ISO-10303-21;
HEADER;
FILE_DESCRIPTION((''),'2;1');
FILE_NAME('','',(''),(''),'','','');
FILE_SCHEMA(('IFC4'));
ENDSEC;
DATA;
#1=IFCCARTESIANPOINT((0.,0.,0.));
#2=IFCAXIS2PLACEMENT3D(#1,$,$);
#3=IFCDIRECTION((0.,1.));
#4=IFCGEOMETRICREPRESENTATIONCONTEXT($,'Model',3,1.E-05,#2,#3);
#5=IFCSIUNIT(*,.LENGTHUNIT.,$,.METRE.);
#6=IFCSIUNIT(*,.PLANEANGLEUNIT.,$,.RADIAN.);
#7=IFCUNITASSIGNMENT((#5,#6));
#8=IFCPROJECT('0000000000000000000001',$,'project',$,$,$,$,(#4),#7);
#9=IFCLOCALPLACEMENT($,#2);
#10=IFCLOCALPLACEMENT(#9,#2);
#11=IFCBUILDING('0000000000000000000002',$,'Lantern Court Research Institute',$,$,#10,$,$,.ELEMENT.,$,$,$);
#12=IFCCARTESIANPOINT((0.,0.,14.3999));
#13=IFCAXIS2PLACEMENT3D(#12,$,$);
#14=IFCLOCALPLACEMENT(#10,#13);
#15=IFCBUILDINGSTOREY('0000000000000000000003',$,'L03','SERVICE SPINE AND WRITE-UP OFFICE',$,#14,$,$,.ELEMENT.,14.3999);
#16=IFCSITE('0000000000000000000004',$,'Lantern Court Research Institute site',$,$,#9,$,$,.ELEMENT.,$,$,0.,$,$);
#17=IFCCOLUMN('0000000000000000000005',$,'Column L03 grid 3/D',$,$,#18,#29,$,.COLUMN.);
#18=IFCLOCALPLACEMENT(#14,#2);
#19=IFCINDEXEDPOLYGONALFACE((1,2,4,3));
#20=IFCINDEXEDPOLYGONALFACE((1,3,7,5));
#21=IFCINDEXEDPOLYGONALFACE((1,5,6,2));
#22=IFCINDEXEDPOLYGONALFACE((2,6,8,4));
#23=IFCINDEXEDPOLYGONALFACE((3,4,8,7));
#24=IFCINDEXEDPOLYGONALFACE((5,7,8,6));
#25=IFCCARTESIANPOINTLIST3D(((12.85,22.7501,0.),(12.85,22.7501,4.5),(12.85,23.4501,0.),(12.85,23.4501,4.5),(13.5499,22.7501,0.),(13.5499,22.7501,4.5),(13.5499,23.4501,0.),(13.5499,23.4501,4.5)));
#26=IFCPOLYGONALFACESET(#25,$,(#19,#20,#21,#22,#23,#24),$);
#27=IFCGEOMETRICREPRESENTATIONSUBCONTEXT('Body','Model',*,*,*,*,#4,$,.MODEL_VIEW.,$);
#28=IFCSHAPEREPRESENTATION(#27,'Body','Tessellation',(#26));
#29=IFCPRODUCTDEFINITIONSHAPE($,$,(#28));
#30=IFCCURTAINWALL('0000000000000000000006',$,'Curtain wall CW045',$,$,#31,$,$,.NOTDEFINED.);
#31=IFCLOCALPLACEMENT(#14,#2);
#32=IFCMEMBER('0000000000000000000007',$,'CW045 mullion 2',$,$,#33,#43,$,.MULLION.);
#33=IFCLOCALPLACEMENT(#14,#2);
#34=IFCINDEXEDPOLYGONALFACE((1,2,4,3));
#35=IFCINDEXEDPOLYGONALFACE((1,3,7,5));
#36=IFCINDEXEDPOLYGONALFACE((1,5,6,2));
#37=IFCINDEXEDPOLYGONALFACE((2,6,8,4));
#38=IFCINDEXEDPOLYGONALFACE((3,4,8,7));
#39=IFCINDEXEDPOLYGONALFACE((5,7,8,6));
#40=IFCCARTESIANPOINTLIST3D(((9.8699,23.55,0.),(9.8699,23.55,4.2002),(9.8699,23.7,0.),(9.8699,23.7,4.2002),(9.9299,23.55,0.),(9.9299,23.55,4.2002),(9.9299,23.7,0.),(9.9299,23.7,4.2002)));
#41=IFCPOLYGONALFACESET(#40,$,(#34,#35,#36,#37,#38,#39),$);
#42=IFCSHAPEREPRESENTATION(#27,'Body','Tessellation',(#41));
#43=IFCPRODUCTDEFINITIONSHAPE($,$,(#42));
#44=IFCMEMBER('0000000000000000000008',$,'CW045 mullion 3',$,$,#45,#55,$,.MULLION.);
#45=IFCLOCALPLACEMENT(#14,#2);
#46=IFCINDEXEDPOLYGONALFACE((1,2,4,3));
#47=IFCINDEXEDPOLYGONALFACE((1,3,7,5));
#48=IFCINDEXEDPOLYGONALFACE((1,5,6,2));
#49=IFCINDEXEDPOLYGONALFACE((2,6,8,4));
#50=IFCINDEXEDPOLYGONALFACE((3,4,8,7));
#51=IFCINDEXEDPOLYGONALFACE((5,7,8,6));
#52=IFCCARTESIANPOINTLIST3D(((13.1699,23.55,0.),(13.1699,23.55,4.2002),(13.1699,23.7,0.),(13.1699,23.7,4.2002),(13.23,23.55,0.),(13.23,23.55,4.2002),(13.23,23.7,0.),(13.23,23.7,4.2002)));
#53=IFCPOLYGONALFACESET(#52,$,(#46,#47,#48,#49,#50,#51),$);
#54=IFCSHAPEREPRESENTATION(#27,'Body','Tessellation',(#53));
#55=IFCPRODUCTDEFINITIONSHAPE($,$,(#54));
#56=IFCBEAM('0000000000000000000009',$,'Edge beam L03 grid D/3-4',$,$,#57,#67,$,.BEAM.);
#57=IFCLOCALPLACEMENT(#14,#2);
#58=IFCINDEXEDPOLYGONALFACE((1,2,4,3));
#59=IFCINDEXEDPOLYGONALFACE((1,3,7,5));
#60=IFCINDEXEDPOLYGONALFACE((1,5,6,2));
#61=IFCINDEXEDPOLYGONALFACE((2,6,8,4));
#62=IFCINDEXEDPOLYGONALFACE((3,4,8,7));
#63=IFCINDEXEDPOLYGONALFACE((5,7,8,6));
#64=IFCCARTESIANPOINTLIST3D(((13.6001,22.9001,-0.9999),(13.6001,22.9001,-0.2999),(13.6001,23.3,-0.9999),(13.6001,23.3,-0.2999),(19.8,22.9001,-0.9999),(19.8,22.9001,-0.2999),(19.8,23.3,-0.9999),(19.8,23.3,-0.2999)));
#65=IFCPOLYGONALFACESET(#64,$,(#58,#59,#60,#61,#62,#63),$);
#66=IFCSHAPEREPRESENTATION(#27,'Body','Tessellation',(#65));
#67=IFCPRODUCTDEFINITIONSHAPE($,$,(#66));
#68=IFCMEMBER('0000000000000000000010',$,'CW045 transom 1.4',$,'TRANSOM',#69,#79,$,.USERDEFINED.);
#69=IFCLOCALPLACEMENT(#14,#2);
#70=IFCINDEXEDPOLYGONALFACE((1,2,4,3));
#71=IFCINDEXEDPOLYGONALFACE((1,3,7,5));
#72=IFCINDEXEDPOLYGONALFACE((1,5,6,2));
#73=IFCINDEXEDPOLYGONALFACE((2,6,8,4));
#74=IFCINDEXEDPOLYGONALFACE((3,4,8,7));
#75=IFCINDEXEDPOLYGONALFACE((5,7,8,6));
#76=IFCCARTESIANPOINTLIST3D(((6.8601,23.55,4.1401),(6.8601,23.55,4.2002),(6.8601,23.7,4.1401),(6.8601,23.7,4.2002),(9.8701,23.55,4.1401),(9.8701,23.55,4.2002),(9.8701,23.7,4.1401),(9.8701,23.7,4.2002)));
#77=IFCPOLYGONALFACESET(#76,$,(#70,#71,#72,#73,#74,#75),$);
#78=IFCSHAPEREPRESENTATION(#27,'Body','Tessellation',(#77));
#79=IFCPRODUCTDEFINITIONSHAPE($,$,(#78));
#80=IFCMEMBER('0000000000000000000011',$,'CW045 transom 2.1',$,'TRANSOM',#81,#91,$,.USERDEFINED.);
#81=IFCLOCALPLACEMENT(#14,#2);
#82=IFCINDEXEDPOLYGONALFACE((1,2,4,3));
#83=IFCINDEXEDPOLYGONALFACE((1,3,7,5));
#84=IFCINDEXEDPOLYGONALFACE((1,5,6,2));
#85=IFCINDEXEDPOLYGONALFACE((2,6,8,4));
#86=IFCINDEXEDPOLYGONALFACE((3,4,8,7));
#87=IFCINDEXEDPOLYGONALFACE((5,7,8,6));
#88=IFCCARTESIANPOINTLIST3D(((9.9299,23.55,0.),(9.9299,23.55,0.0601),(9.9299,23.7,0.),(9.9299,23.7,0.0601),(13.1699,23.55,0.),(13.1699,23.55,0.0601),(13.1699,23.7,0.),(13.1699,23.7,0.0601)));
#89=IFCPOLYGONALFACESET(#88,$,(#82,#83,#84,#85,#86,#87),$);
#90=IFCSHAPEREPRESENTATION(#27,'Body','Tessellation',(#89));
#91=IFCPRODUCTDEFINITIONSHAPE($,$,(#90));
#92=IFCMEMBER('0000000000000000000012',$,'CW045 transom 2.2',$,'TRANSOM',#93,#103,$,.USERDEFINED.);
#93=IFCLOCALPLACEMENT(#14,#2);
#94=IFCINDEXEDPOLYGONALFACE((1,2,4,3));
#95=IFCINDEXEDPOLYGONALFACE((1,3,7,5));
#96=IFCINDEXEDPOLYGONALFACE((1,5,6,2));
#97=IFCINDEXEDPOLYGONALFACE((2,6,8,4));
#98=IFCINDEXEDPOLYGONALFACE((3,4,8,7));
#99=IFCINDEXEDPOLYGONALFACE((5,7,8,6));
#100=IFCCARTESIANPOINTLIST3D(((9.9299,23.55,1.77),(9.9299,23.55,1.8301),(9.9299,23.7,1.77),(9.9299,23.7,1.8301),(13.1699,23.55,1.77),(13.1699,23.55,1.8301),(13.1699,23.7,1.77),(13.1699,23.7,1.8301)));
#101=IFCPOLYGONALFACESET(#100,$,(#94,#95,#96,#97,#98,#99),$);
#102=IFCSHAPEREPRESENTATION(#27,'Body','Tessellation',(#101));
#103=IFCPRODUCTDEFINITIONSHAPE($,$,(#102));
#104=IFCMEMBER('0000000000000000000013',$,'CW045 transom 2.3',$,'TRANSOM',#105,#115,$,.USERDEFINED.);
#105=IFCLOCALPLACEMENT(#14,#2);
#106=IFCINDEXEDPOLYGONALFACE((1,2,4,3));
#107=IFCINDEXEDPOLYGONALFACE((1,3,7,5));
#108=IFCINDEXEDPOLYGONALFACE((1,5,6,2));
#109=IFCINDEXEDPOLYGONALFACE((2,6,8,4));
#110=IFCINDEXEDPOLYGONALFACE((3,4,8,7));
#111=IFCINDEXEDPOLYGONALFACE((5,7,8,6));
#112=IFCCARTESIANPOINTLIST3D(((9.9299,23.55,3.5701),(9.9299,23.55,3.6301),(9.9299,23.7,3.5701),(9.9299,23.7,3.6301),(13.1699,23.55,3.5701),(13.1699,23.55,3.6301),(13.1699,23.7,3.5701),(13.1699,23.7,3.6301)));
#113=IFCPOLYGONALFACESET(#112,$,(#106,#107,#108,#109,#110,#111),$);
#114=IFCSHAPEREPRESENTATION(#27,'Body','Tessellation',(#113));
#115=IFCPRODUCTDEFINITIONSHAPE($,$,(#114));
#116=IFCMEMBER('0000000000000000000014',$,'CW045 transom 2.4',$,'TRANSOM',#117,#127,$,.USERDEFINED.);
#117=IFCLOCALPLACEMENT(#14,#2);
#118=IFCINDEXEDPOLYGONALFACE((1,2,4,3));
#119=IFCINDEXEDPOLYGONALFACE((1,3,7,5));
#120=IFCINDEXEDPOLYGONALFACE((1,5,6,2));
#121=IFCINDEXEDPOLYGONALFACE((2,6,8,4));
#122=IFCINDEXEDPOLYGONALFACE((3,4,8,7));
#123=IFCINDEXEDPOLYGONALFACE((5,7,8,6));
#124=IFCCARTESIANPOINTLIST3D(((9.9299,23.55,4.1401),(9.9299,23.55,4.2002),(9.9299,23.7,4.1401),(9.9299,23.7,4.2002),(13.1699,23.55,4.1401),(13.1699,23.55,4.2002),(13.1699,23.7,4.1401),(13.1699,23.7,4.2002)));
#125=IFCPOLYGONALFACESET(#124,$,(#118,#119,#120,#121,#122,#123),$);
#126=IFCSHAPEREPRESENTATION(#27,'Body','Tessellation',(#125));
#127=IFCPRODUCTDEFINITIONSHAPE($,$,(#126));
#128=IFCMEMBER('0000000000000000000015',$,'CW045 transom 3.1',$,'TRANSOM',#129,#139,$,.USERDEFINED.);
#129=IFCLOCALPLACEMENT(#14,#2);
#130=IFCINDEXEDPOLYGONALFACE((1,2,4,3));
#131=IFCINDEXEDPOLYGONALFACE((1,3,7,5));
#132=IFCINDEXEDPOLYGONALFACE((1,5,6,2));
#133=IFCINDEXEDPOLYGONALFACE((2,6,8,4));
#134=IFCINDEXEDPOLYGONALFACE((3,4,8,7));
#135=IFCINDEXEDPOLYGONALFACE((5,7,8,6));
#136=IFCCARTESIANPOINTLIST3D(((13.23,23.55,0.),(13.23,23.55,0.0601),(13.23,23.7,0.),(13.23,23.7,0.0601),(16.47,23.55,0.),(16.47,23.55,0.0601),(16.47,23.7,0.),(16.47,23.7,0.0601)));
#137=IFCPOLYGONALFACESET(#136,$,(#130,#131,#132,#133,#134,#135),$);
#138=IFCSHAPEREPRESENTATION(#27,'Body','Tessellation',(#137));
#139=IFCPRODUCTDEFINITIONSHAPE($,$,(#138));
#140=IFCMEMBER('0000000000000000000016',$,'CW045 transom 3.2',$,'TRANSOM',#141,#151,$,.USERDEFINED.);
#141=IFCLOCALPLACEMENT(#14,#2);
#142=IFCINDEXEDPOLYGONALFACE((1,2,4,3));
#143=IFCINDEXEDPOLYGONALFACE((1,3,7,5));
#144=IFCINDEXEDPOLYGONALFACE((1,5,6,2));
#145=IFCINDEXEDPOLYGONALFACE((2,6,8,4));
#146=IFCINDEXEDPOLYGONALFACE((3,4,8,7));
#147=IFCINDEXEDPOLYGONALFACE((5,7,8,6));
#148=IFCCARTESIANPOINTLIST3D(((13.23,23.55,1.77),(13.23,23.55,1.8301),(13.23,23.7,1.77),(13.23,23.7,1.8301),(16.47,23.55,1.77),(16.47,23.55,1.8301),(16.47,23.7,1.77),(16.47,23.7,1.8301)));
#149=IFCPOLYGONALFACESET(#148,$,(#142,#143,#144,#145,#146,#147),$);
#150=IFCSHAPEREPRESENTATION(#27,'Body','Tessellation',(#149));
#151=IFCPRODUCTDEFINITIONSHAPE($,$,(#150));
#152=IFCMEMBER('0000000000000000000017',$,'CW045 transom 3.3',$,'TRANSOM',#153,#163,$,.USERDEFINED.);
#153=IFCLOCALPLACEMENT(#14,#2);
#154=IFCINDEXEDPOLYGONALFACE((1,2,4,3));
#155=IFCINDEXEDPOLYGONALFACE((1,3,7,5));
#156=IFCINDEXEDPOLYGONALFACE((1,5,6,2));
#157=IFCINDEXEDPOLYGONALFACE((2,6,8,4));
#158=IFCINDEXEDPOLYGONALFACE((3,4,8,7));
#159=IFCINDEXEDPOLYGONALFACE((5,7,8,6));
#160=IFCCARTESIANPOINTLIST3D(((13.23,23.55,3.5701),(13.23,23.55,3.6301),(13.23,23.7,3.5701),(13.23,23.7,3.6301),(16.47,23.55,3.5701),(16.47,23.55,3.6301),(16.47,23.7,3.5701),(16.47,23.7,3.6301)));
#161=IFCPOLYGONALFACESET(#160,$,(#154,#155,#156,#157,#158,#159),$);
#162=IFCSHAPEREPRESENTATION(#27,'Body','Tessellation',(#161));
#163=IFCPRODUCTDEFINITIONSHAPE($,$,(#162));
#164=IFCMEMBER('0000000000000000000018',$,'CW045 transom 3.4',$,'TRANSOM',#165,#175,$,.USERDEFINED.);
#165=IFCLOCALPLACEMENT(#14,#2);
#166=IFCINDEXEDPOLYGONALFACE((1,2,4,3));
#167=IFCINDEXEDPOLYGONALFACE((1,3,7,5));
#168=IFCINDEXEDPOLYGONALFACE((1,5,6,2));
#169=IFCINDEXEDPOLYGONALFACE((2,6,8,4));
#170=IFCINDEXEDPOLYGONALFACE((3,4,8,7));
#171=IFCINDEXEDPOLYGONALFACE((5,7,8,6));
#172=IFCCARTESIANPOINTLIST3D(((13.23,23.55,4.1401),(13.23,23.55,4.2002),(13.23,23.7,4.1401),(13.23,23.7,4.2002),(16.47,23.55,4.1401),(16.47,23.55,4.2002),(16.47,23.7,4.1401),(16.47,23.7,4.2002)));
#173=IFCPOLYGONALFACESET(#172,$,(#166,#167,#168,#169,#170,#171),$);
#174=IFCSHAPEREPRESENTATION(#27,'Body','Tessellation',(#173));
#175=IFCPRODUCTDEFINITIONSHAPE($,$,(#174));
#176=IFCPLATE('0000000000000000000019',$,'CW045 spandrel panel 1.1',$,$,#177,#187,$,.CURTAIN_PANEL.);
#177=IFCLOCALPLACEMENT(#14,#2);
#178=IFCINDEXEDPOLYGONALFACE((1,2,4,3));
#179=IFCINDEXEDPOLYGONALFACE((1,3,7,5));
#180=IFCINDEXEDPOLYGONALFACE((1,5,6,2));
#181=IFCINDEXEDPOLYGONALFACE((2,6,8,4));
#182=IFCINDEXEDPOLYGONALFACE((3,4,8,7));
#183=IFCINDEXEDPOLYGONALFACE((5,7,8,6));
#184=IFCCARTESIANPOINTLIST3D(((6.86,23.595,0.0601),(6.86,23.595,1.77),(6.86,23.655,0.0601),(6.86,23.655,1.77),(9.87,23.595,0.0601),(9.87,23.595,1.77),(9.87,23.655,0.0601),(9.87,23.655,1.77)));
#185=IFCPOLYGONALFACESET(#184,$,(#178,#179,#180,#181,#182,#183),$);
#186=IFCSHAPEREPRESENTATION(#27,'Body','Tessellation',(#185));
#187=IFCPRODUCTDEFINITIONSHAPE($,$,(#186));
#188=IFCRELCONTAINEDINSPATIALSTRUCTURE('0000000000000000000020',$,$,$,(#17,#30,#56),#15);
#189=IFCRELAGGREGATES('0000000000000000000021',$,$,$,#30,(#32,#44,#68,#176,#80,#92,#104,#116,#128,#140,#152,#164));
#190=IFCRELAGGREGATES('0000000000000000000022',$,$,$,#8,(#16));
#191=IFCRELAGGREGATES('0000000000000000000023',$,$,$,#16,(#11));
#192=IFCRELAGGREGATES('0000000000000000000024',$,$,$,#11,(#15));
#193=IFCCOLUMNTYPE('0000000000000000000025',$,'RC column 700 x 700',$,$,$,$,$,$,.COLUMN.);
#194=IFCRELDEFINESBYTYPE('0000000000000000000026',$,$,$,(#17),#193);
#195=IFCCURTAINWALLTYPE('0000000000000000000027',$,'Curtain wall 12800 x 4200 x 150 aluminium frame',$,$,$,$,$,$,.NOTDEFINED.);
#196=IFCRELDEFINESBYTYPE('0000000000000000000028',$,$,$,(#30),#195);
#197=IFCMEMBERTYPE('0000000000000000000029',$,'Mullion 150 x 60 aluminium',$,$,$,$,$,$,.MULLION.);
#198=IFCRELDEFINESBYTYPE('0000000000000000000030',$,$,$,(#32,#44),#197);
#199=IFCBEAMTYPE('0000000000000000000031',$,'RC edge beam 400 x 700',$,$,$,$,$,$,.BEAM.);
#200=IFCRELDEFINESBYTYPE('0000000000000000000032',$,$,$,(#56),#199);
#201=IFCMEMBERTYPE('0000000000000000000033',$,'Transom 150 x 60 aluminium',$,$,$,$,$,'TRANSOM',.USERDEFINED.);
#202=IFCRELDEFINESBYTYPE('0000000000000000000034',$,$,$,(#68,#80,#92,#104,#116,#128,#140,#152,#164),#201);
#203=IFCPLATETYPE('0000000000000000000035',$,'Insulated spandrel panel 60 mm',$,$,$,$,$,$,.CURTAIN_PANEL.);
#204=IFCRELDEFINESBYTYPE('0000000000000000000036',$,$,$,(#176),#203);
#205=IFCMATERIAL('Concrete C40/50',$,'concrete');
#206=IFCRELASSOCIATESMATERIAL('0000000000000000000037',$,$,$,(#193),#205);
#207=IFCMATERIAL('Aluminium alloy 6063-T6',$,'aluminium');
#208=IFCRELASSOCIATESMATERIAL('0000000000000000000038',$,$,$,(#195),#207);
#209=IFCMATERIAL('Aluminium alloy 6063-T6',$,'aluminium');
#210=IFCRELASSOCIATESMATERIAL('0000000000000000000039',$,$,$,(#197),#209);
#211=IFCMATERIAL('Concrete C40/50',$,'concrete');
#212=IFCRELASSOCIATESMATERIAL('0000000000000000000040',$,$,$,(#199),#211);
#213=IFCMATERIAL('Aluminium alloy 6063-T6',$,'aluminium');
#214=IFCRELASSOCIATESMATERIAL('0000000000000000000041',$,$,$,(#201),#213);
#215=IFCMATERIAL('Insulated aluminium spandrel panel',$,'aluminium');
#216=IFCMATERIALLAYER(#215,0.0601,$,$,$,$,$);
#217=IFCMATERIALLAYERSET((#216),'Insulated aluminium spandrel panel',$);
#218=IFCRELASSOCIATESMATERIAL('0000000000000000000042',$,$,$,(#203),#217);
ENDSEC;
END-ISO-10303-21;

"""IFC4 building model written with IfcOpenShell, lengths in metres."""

from ifc_helpers import new_model, si_unit, direction, frame, origin, origin_2d, place, context, subcontext, project, spatial, rectangle, extrude, material, layer, layer_set, material_profile, profile_set, type_object, element, aggregate, save


model = new_model("IFC4")

# Units and contexts
model_context = context("Model", 3, precision=1e-05, world=origin(), true_north=direction((0.0, 1.0)))
body_context = subcontext(model_context, "Body", "Model", "MODEL_VIEW")
ifc_project = project(units=[si_unit("LENGTHUNIT", "METRE"), si_unit("PLANEANGLEUNIT", "RADIAN")], contexts=[model_context])

# Site, building, storey
site_placement = place(None, origin())
site = spatial("IfcSite", under=ifc_project, at=site_placement, Name="Lantern Court Research Institute site", CompositionType="ELEMENT", RefElevation=0.0)
building_placement = place(site_placement, origin())
building = spatial("IfcBuilding", under=site, at=building_placement, Name="Lantern Court Research Institute", CompositionType="ELEMENT")
storey_placement = place(building_placement, frame((0.0, 0.0, 14.3999)))
storey = spatial("IfcBuildingStorey", under=building, at=storey_placement, Name="L03", Description="SERVICE SPINE AND WRITE-UP OFFICE", CompositionType="ELEMENT", Elevation=14.3999)

# Column
ifc_material_1 = material(Name="Concrete C40/50", Category="concrete")
ifc_material_profile_1 = material_profile(ifc_material_1, rectangle(XDim=0.7, YDim=0.7, at=origin_2d()), Name="RC column 700 x 700")
ifc_profile_set_1 = profile_set([ifc_material_profile_1], Name="Concrete C40/50")
column_type = type_object("IfcColumnType", Name="RC column 700 x 700", PredefinedType="COLUMN", material=ifc_profile_set_1)
column_placement = place(storey_placement, frame((13.2, 23.1001, 0.0), z_axis=(0.0, 0.0, 1.0), x_axis=(1.0, 0.0, 0.0)))
element("IfcColumn", 1, at=column_placement, inside=storey, type_object=column_type, Name="Column L03 grid 3/D", PredefinedType="COLUMN", context=body_context, shape_type="SweptSolid", body=[
    extrude(rectangle(XDim=0.7, YDim=0.7, at=origin_2d()), origin(), (0.0, 0.0, 1.0), 4.5),
])

# Curtain wall, members
ifc_material_2 = material(Name="Aluminium alloy 6063-T6", Category="aluminium")
curtain_wall_type = type_object("IfcCurtainWallType", Name="Curtain wall 12800 x 4200 x 150 aluminium frame", PredefinedType="NOTDEFINED", material=ifc_material_2)
curtain_wall_placement = place(storey_placement, origin())
curtain_wall = element("IfcCurtainWall", 2, at=curtain_wall_placement, inside=storey, type_object=curtain_wall_type, Name="Curtain wall CW045", PredefinedType="NOTDEFINED")
ifc_material_3 = material(Name="Aluminium alloy 6063-T6", Category="aluminium")
ifc_material_profile_2 = material_profile(ifc_material_3, rectangle(XDim=0.1499, YDim=0.0601, at=origin_2d()), Name="Mullion 150 x 60")
ifc_profile_set_2 = profile_set([ifc_material_profile_2], Name="Aluminium alloy 6063-T6")
member_type_1 = type_object("IfcMemberType", Name="Mullion 150 x 60 aluminium", PredefinedType="MULLION", material=ifc_profile_set_2)
member_1_placement = place(storey_placement, frame((9.8999, 23.625, 0.0), z_axis=(0.0, 0.0, 1.0), x_axis=(0.0, 1.0, 0.0)))
member_1 = element("IfcMember", 3, at=member_1_placement, type_object=member_type_1, Name="CW045 mullion 2", PredefinedType="MULLION", context=body_context, shape_type="SweptSolid", body=[
    extrude(rectangle(XDim=0.1499, YDim=0.0601, at=origin_2d()), origin(), (0.0, 0.0, 1.0), 4.2002),
])
member_2_placement = place(storey_placement, frame((13.2, 23.625, 0.0), z_axis=(0.0, 0.0, 1.0), x_axis=(0.0, 1.0, 0.0)))
member_2 = element("IfcMember", 4, at=member_2_placement, type_object=member_type_1, Name="CW045 mullion 3", PredefinedType="MULLION", context=body_context, shape_type="SweptSolid", body=[
    extrude(rectangle(XDim=0.1499, YDim=0.0601, at=origin_2d()), origin(), (0.0, 0.0, 1.0), 4.2002),
])

# Beam
ifc_material_4 = material(Name="Concrete C40/50", Category="concrete")
ifc_material_profile_3 = material_profile(ifc_material_4, rectangle(XDim=0.3999, YDim=0.7, at=origin_2d()), Name="RC beam 400 x 700")
ifc_profile_set_3 = profile_set([ifc_material_profile_3], Name="Concrete C40/50")
beam_type = type_object("IfcBeamType", Name="RC edge beam 400 x 700", PredefinedType="BEAM", material=ifc_profile_set_3)
beam_placement = place(storey_placement, frame((13.6001, 23.1001, -0.6499), z_axis=(1.0, 0.0, 0.0), x_axis=(0.0, 1.0, 0.0)))
element("IfcBeam", 5, at=beam_placement, inside=storey, type_object=beam_type, Name="Edge beam L03 grid D/3-4", PredefinedType="BEAM", context=body_context, shape_type="SweptSolid", body=[
    extrude(rectangle(XDim=0.3999, YDim=0.7, at=origin_2d()), origin(), (0.0, 0.0, 1.0), 6.2),
])

# Members
ifc_material_5 = material(Name="Aluminium alloy 6063-T6", Category="aluminium")
ifc_material_profile_4 = material_profile(ifc_material_5, rectangle(XDim=0.1499, YDim=0.0601, at=origin_2d()), Name="Transom 150 x 60")
ifc_profile_set_4 = profile_set([ifc_material_profile_4], Name="Aluminium alloy 6063-T6")
member_type_2 = type_object("IfcMemberType", Name="Transom 150 x 60 aluminium", ElementType="TRANSOM", PredefinedType="USERDEFINED", material=ifc_profile_set_4)
member_3_placement = place(storey_placement, frame((6.8601, 23.625, 4.1702), z_axis=(1.0, 0.0, 0.0), x_axis=(0.0, 1.0, 0.0)))
member_3 = element("IfcMember", 6, at=member_3_placement, type_object=member_type_2, Name="CW045 transom 1.4", ObjectType="TRANSOM", PredefinedType="USERDEFINED", context=body_context, shape_type="SweptSolid", body=[
    extrude(rectangle(XDim=0.1499, YDim=0.0601, at=origin_2d()), origin(), (0.0, 0.0, 1.0), 3.01),
])
member_4_placement = place(storey_placement, frame((9.9299, 23.625, 0.03), z_axis=(1.0, 0.0, 0.0), x_axis=(0.0, 1.0, 0.0)))
member_4 = element("IfcMember", 7, at=member_4_placement, type_object=member_type_2, Name="CW045 transom 2.1", ObjectType="TRANSOM", PredefinedType="USERDEFINED", context=body_context, shape_type="SweptSolid", body=[
    extrude(rectangle(XDim=0.1499, YDim=0.0601, at=origin_2d()), origin(), (0.0, 0.0, 1.0), 3.24),
])
member_5_placement = place(storey_placement, frame((9.9299, 23.625, 1.8), z_axis=(1.0, 0.0, 0.0), x_axis=(0.0, 1.0, 0.0)))
member_5 = element("IfcMember", 8, at=member_5_placement, type_object=member_type_2, Name="CW045 transom 2.2", ObjectType="TRANSOM", PredefinedType="USERDEFINED", context=body_context, shape_type="SweptSolid", body=[
    extrude(rectangle(XDim=0.1499, YDim=0.0601, at=origin_2d()), origin(), (0.0, 0.0, 1.0), 3.24),
])
member_6_placement = place(storey_placement, frame((9.9299, 23.625, 3.6001), z_axis=(1.0, 0.0, 0.0), x_axis=(0.0, 1.0, 0.0)))
member_6 = element("IfcMember", 9, at=member_6_placement, type_object=member_type_2, Name="CW045 transom 2.3", ObjectType="TRANSOM", PredefinedType="USERDEFINED", context=body_context, shape_type="SweptSolid", body=[
    extrude(rectangle(XDim=0.1499, YDim=0.0601, at=origin_2d()), origin(), (0.0, 0.0, 1.0), 3.24),
])
member_7_placement = place(storey_placement, frame((9.9299, 23.625, 4.1702), z_axis=(1.0, 0.0, 0.0), x_axis=(0.0, 1.0, 0.0)))
member_7 = element("IfcMember", 10, at=member_7_placement, type_object=member_type_2, Name="CW045 transom 2.4", ObjectType="TRANSOM", PredefinedType="USERDEFINED", context=body_context, shape_type="SweptSolid", body=[
    extrude(rectangle(XDim=0.1499, YDim=0.0601, at=origin_2d()), origin(), (0.0, 0.0, 1.0), 3.24),
])
member_8_placement = place(storey_placement, frame((13.23, 23.625, 0.03), z_axis=(1.0, 0.0, 0.0), x_axis=(0.0, 1.0, 0.0)))
member_8 = element("IfcMember", 11, at=member_8_placement, type_object=member_type_2, Name="CW045 transom 3.1", ObjectType="TRANSOM", PredefinedType="USERDEFINED", context=body_context, shape_type="SweptSolid", body=[
    extrude(rectangle(XDim=0.1499, YDim=0.0601, at=origin_2d()), origin(), (0.0, 0.0, 1.0), 3.24),
])
member_9_placement = place(storey_placement, frame((13.23, 23.625, 1.8), z_axis=(1.0, 0.0, 0.0), x_axis=(0.0, 1.0, 0.0)))
member_9 = element("IfcMember", 12, at=member_9_placement, type_object=member_type_2, Name="CW045 transom 3.2", ObjectType="TRANSOM", PredefinedType="USERDEFINED", context=body_context, shape_type="SweptSolid", body=[
    extrude(rectangle(XDim=0.1499, YDim=0.0601, at=origin_2d()), origin(), (0.0, 0.0, 1.0), 3.24),
])
member_10_placement = place(storey_placement, frame((13.23, 23.625, 3.6001), z_axis=(1.0, 0.0, 0.0), x_axis=(0.0, 1.0, 0.0)))
member_10 = element("IfcMember", 13, at=member_10_placement, type_object=member_type_2, Name="CW045 transom 3.3", ObjectType="TRANSOM", PredefinedType="USERDEFINED", context=body_context, shape_type="SweptSolid", body=[
    extrude(rectangle(XDim=0.1499, YDim=0.0601, at=origin_2d()), origin(), (0.0, 0.0, 1.0), 3.24),
])
member_11_placement = place(storey_placement, frame((13.23, 23.625, 4.1702), z_axis=(1.0, 0.0, 0.0), x_axis=(0.0, 1.0, 0.0)))
member_11 = element("IfcMember", 14, at=member_11_placement, type_object=member_type_2, Name="CW045 transom 3.4", ObjectType="TRANSOM", PredefinedType="USERDEFINED", context=body_context, shape_type="SweptSolid", body=[
    extrude(rectangle(XDim=0.1499, YDim=0.0601, at=origin_2d()), origin(), (0.0, 0.0, 1.0), 3.24),
])

# Plate
ifc_material_6 = material(Name="Insulated aluminium spandrel panel", Category="aluminium")
ifc_layer_1 = layer(ifc_material_6, 0.0601)
ifc_layer_set_1 = layer_set([ifc_layer_1], Name="Insulated aluminium spandrel panel")
plate_type_1 = type_object("IfcPlateType", Name="Insulated spandrel panel 60 mm", PredefinedType="CURTAIN_PANEL", material=ifc_layer_set_1)
plate_1_placement = place(storey_placement, frame((8.365, 23.625, 0.0601), z_axis=(0.0, 0.0, 1.0), x_axis=(1.0, 0.0, 0.0)))
plate_1 = element("IfcPlate", 15, at=plate_1_placement, type_object=plate_type_1, Name="CW045 spandrel panel 1.1", PredefinedType="CURTAIN_PANEL", context=body_context, shape_type="SweptSolid", body=[
    extrude(rectangle(XDim=3.01, YDim=0.0601, at=origin_2d()), origin(), (0.0, 0.0, 1.0), 1.71),
])
aggregate(curtain_wall, [member_1, member_2, member_3, plate_1, member_4, member_5, member_6, member_7, member_8, member_9, member_10, member_11])

save(model, "model.ifc")
